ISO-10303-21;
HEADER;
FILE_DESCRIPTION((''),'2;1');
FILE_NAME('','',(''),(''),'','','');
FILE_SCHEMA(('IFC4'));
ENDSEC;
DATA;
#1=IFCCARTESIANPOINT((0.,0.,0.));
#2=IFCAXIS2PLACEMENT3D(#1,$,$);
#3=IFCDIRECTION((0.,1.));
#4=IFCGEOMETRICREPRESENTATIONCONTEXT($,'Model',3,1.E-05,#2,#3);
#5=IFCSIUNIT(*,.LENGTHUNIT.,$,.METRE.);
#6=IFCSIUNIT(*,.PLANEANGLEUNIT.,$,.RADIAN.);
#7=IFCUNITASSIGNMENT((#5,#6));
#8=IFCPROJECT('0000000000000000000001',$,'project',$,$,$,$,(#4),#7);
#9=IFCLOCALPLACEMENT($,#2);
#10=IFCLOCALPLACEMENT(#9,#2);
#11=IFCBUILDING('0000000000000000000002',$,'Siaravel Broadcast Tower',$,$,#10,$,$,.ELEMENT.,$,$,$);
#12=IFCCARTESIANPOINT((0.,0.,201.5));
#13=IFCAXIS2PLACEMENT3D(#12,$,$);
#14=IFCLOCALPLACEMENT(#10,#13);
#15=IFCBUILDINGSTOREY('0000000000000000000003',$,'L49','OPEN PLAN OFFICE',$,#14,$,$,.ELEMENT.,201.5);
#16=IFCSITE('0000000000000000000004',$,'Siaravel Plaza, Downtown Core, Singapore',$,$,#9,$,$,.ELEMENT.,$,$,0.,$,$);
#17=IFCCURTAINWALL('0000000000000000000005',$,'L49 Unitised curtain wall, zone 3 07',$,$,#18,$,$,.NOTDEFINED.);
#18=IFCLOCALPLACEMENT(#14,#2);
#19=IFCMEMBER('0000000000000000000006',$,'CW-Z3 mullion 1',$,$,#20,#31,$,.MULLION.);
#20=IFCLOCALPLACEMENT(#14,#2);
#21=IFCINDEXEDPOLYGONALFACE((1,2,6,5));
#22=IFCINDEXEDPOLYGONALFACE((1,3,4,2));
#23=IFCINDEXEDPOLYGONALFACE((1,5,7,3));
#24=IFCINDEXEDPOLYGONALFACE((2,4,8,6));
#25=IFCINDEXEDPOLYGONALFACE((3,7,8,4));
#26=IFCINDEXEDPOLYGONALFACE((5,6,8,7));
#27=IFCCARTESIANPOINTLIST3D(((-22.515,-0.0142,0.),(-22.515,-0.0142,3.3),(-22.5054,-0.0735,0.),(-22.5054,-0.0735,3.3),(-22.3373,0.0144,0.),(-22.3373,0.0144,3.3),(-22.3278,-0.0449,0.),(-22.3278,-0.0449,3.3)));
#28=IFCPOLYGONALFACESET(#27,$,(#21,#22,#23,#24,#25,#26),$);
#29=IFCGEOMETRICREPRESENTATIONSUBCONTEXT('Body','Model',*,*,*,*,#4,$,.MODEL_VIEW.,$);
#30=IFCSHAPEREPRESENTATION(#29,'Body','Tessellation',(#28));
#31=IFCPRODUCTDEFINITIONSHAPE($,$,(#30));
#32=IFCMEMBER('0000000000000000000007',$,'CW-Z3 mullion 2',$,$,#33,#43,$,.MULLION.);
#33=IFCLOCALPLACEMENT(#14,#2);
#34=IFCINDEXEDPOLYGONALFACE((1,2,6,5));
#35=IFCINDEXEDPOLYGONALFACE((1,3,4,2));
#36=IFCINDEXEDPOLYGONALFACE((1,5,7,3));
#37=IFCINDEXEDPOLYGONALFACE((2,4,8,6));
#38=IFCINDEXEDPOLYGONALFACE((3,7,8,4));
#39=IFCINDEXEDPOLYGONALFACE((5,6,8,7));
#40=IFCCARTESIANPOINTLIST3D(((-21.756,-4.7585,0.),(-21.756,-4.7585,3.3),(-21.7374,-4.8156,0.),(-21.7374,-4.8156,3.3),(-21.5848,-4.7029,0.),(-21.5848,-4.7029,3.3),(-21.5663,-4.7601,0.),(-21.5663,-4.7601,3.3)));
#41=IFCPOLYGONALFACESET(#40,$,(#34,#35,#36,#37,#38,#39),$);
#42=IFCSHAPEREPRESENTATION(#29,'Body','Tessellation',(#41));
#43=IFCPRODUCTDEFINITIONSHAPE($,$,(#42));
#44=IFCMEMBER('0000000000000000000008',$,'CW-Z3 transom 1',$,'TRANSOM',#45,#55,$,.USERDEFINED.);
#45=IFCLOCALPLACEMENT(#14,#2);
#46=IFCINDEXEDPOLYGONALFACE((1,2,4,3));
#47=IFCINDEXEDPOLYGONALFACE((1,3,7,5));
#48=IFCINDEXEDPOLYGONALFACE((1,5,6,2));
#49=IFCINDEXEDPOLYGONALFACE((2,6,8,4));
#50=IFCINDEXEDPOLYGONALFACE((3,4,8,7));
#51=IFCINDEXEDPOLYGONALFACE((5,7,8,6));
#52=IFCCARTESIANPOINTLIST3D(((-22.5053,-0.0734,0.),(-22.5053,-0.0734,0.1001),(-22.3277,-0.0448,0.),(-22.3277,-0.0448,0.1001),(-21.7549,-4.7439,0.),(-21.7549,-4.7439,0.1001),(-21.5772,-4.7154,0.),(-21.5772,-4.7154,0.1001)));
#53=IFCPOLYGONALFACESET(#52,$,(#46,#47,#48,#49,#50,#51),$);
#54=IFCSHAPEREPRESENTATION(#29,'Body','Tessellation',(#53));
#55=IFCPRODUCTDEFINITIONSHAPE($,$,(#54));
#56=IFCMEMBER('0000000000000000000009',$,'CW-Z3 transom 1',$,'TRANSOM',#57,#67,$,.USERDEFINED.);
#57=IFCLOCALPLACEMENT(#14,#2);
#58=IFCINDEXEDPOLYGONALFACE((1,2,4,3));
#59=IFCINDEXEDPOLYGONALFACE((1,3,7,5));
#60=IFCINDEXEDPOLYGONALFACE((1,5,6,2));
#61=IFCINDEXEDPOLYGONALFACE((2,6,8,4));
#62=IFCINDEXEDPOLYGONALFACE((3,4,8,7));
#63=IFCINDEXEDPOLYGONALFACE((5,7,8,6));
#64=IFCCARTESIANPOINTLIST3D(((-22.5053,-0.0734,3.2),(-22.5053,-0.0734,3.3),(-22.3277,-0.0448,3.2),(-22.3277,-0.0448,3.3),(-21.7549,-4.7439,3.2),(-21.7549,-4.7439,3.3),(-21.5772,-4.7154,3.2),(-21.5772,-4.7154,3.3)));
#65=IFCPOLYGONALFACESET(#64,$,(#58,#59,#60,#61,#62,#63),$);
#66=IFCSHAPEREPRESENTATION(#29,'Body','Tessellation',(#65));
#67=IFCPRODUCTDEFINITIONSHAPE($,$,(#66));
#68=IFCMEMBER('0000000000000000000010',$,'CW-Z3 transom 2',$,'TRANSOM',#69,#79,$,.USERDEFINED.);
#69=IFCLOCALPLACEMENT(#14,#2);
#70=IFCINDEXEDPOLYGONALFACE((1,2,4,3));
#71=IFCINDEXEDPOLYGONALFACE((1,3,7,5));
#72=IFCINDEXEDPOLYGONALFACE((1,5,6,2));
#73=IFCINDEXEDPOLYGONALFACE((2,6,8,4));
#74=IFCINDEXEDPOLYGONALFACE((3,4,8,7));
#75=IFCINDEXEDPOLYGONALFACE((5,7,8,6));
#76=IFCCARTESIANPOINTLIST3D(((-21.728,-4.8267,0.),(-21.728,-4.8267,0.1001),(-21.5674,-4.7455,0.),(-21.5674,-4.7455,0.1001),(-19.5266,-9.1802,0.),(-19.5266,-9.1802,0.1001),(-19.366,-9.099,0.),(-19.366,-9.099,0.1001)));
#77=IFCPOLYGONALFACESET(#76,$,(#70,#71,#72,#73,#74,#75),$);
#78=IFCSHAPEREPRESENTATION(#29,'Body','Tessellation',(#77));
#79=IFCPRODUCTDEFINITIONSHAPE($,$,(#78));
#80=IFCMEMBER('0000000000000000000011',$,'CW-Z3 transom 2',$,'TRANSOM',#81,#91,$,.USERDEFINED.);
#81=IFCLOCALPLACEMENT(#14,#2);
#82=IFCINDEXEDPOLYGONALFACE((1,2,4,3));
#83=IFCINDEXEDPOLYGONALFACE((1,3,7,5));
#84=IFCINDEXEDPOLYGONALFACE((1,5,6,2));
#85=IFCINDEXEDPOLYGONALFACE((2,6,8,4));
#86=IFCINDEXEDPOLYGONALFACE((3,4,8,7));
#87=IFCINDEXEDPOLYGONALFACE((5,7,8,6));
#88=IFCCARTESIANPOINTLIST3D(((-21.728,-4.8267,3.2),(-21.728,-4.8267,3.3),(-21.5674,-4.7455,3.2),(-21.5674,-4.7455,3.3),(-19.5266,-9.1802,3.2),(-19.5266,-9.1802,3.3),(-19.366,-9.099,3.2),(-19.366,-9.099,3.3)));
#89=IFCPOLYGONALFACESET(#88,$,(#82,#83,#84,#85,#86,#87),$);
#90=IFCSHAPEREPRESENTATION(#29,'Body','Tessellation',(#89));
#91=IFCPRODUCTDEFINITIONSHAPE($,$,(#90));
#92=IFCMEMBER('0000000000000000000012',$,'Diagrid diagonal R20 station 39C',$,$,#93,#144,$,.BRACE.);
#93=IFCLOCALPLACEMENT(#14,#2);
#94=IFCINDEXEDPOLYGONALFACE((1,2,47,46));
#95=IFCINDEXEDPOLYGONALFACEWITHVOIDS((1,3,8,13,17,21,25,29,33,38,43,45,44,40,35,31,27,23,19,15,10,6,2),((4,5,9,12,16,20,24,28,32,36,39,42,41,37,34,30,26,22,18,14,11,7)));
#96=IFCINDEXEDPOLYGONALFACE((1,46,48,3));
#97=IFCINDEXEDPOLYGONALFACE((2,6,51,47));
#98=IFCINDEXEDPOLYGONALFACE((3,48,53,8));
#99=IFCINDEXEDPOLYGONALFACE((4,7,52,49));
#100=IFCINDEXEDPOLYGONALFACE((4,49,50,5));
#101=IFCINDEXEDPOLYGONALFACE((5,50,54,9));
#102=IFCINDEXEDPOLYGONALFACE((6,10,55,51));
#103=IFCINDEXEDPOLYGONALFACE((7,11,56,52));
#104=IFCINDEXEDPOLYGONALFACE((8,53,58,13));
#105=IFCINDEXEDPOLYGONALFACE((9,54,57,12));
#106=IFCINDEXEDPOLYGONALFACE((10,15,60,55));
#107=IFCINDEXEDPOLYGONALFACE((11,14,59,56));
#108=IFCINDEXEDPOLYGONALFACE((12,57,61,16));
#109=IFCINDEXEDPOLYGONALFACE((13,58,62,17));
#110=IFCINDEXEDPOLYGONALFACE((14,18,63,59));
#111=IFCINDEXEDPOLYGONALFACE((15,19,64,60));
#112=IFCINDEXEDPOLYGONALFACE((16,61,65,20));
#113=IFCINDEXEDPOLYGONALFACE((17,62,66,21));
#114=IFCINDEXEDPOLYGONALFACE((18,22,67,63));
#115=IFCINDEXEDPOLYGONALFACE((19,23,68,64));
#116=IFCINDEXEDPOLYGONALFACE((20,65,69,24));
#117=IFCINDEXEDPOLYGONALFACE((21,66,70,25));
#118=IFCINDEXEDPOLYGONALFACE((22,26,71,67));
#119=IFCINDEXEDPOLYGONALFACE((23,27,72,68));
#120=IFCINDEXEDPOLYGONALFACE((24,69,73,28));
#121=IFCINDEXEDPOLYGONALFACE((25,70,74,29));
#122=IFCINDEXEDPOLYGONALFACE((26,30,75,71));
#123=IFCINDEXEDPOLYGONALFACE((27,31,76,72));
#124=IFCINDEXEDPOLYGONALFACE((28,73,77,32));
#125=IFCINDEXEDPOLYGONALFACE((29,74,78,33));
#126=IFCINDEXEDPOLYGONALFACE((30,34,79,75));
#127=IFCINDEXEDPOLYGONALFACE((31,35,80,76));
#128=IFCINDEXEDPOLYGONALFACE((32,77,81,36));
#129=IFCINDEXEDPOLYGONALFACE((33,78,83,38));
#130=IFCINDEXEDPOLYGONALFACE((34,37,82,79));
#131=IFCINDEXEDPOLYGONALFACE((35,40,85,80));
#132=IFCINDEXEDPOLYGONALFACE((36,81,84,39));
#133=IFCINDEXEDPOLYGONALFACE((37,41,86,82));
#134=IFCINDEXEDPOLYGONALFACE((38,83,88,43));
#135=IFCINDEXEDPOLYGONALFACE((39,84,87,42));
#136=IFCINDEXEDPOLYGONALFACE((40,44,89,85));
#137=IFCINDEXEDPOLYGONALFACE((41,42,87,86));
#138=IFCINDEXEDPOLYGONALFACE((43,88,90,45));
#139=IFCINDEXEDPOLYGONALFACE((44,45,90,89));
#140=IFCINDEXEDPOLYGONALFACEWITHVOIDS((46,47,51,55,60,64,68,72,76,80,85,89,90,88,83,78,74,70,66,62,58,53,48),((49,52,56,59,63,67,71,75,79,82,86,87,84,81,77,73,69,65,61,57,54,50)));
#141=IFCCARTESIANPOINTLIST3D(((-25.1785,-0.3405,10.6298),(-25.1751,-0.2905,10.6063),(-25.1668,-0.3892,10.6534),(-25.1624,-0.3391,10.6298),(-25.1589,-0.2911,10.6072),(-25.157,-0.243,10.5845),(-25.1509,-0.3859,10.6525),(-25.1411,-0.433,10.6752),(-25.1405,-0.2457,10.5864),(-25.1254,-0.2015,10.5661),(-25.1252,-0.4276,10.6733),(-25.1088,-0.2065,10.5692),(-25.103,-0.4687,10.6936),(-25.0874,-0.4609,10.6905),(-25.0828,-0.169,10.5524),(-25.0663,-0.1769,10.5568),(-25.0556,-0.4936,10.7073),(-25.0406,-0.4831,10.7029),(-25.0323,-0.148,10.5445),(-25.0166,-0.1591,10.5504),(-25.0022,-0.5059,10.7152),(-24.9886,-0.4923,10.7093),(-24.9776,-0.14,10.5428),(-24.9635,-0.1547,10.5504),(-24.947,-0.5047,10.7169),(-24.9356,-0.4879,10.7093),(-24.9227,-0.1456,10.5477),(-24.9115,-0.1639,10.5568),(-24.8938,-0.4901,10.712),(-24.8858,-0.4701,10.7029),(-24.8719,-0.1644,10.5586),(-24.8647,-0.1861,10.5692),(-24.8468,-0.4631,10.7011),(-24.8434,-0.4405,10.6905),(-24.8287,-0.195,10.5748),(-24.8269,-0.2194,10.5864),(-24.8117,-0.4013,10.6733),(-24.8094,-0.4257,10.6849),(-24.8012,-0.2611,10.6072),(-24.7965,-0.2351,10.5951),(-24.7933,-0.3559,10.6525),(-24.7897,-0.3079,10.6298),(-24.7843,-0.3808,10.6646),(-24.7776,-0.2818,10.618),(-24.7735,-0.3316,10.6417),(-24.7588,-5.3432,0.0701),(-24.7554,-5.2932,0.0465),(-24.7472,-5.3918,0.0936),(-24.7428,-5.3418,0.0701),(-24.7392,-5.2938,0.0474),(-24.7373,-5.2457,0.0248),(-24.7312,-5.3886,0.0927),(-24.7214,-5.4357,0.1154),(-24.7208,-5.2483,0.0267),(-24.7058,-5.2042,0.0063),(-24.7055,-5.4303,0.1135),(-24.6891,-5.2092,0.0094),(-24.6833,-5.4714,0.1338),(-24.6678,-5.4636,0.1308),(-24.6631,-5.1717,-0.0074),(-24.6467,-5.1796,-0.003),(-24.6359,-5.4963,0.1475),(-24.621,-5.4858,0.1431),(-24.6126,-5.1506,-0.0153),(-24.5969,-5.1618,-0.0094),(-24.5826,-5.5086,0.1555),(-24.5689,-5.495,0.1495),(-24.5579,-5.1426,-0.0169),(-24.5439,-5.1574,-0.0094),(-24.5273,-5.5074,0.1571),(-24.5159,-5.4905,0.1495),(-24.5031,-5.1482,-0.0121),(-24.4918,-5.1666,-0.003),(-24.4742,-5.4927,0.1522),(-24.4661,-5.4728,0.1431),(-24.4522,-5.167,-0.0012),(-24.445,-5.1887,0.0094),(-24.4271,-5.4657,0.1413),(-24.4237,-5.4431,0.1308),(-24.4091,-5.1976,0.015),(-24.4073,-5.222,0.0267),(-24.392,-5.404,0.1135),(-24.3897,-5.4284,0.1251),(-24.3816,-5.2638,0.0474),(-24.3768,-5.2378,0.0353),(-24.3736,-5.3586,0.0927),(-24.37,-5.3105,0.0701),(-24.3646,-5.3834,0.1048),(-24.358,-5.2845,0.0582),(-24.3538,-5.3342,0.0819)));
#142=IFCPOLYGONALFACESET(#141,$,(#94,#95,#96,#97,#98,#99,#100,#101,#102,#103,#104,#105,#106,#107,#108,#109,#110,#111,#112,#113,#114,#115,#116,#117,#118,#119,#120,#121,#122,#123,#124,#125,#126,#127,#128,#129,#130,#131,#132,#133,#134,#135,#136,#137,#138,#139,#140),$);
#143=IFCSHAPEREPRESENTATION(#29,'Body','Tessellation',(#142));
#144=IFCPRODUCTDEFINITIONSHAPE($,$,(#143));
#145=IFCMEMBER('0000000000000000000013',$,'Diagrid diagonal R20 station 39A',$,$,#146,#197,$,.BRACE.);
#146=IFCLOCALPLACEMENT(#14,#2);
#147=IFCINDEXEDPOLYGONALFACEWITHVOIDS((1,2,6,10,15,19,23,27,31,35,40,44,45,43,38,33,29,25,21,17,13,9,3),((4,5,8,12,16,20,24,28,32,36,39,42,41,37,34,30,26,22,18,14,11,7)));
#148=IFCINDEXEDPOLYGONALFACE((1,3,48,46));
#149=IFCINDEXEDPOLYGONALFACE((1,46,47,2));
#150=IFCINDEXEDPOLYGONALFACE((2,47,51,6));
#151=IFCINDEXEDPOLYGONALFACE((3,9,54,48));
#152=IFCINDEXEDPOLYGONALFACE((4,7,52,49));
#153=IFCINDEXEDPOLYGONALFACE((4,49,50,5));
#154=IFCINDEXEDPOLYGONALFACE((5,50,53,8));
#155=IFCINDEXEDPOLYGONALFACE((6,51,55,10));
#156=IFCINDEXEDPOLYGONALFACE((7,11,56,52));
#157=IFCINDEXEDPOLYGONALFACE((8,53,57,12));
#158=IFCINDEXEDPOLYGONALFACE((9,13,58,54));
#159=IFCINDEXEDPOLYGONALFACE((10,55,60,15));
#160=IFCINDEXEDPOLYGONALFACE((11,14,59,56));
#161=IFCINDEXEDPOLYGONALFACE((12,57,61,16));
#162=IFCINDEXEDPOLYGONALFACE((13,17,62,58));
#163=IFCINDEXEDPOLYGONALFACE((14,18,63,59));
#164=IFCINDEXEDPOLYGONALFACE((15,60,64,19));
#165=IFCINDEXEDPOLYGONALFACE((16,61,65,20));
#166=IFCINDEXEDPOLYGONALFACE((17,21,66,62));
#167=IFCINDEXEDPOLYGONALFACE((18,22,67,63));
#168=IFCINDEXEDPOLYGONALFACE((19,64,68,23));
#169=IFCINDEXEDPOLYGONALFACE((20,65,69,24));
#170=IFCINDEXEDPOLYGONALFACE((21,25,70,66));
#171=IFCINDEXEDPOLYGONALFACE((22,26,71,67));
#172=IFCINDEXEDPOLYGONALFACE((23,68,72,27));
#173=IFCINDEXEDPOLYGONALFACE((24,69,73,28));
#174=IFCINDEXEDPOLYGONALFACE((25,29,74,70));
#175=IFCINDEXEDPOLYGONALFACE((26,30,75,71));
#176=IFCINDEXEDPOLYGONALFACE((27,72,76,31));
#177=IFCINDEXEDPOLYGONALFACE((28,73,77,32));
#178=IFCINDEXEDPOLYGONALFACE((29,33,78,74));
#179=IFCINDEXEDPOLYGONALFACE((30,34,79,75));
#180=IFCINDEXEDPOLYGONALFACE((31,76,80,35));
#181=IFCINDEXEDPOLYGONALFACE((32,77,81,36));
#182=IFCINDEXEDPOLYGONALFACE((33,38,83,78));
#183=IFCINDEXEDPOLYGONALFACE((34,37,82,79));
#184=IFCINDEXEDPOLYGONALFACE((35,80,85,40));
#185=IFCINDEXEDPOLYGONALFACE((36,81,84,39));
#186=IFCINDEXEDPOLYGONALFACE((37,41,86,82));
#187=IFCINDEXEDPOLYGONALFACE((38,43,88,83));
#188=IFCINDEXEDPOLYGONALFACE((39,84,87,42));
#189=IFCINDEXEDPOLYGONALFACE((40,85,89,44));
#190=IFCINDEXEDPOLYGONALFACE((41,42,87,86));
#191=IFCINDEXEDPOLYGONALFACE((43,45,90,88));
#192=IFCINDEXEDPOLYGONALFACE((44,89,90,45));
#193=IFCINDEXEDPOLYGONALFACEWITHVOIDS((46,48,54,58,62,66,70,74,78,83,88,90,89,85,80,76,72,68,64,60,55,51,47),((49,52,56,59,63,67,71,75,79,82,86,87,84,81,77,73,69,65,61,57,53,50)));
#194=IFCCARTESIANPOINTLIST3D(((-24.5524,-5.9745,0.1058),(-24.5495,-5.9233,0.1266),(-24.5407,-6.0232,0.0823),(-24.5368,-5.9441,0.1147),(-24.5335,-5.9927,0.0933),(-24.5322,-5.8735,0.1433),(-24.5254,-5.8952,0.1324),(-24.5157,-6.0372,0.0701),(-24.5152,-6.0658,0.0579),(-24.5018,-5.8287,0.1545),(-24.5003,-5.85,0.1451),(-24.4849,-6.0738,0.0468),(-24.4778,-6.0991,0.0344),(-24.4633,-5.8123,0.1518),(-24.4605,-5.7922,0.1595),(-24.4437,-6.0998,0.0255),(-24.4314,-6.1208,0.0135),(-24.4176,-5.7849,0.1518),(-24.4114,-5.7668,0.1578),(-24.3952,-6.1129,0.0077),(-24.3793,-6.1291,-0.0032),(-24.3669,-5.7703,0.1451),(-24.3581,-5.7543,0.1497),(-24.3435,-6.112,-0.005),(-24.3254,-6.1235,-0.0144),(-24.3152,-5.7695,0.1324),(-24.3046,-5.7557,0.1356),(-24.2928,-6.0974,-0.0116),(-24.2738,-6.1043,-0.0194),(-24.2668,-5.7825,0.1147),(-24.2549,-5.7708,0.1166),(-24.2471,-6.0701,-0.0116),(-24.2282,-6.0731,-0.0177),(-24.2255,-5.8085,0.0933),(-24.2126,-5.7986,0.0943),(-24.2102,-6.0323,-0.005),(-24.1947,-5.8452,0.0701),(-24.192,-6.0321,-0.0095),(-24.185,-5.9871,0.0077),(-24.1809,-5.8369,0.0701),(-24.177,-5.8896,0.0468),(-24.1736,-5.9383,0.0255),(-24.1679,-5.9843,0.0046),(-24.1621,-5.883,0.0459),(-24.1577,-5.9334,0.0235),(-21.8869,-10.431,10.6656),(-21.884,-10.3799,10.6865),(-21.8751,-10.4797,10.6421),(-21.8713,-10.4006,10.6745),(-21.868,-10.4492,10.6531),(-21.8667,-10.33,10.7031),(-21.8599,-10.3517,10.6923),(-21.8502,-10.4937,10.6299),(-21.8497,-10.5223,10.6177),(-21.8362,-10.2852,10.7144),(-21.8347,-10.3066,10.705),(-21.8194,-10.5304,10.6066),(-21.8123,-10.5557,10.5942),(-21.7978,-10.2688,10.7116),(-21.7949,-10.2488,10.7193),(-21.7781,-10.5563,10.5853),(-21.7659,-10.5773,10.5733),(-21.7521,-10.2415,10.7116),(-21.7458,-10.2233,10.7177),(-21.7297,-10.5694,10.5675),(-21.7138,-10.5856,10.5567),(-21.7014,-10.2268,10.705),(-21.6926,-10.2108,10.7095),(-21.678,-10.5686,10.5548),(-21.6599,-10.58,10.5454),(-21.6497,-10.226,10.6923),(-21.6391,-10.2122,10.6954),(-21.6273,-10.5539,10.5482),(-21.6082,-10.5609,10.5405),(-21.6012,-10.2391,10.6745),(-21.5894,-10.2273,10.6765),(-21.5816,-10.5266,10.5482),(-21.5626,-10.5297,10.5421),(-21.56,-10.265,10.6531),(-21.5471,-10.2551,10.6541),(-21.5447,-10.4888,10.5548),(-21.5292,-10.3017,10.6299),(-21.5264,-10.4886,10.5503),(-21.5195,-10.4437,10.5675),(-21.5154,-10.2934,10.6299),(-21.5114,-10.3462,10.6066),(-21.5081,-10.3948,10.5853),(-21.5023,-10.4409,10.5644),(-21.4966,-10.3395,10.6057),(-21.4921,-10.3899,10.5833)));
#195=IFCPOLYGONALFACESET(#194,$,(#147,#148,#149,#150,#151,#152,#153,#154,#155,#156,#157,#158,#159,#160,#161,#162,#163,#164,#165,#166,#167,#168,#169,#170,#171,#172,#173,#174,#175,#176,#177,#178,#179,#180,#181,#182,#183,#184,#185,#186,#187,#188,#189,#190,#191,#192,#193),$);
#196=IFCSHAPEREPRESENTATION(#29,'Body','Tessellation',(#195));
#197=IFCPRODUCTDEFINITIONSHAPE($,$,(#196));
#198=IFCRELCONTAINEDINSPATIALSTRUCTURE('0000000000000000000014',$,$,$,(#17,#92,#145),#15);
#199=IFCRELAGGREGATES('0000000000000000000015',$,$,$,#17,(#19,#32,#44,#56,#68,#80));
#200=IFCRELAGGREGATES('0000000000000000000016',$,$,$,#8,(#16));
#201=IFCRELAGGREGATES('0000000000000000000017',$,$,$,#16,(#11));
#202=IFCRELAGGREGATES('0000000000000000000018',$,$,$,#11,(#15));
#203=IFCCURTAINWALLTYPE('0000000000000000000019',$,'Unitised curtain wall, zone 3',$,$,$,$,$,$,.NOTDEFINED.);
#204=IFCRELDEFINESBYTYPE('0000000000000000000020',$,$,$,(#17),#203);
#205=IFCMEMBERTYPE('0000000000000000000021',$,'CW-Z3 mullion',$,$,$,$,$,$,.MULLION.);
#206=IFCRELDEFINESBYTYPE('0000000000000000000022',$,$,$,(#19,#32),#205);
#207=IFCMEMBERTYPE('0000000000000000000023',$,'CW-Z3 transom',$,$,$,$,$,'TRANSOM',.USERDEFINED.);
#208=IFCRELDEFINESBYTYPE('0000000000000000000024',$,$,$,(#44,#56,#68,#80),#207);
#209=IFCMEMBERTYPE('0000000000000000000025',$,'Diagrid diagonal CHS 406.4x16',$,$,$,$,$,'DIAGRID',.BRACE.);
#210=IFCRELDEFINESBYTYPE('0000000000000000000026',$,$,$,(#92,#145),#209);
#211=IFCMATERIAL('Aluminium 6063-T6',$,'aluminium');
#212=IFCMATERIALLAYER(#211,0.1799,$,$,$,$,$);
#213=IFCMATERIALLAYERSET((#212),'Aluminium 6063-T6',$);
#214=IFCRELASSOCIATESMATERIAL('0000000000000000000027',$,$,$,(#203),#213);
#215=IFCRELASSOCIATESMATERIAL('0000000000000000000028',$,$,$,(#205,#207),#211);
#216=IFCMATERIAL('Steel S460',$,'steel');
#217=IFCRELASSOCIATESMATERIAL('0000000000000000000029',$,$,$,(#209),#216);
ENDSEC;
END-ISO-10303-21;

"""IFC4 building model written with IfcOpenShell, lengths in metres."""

from ifc_helpers import new_model, si_unit, direction, frame, origin, origin_2d, place, context, subcontext, project, spatial, rectangle, hollow_circle, extrude, material, layer, layer_set, material_profile, profile_set, type_object, element, aggregate, save


model = new_model("IFC4")

# Units and contexts
model_context = context("Model", 3, precision=1e-05, world=origin(), true_north=direction((0.0, 1.0)))
body_context = subcontext(model_context, "Body", "Model", "MODEL_VIEW")
ifc_project = project(units=[si_unit("LENGTHUNIT", "METRE"), si_unit("PLANEANGLEUNIT", "RADIAN")], contexts=[model_context])

# Site, building, storey
site_placement = place(None, origin())
site = spatial("IfcSite", under=ifc_project, at=site_placement, Name="Siaravel Plaza, Downtown Core, Singapore", CompositionType="ELEMENT", RefElevation=0.0)
building_placement = place(site_placement, origin())
building = spatial("IfcBuilding", under=site, at=building_placement, Name="Siaravel Broadcast Tower", CompositionType="ELEMENT")
storey_placement = place(building_placement, frame((0.0, 0.0, 201.5)))
storey = spatial("IfcBuildingStorey", under=building, at=storey_placement, Name="L49", Description="OPEN PLAN OFFICE", CompositionType="ELEMENT", Elevation=201.5)

# Curtain wall, members
ifc_material_1 = material(Name="Aluminium 6063-T6", Category="aluminium")
ifc_layer_1 = layer(ifc_material_1, 0.1799)
ifc_layer_set_1 = layer_set([ifc_layer_1], Name="Aluminium 6063-T6")
curtain_wall_type = type_object("IfcCurtainWallType", Name="Unitised curtain wall, zone 3", PredefinedType="NOTDEFINED", material=ifc_layer_set_1)
curtain_wall_placement = place(storey_placement, origin())
curtain_wall = element("IfcCurtainWall", 1, at=curtain_wall_placement, inside=storey, type_object=curtain_wall_type, Name="L49 Unitised curtain wall, zone 3 07", PredefinedType="NOTDEFINED")
ifc_material_profile_1 = material_profile(ifc_material_1, rectangle(XDim=0.1799, YDim=0.0601, at=origin_2d()))
ifc_profile_set_1 = profile_set([ifc_material_profile_1], Name="Aluminium 6063-T6")
member_type_1 = type_object("IfcMemberType", Name="CW-Z3 mullion", PredefinedType="MULLION", material=ifc_profile_set_1)
member_1_placement = place(storey_placement, frame((-22.4214, -0.0295, 0.0), z_axis=(0.0, 0.0, 1.0), x_axis=(0.987329, 0.158685, 0.0)))
member_1 = element("IfcMember", 2, at=member_1_placement, type_object=member_type_1, Name="CW-Z3 mullion 1", PredefinedType="MULLION", context=body_context, shape_type="SweptSolid", body=[
    extrude(rectangle(XDim=0.1799, YDim=0.0601, at=origin_2d()), origin(), (0.0, 0.0, 1.0), 3.3),
])
member_2_placement = place(storey_placement, frame((-21.6611, -4.7593, 0.0), z_axis=(0.0, 0.0, 1.0), x_axis=(0.951178, 0.308644, 0.0)))
member_2 = element("IfcMember", 3, at=member_2_placement, type_object=member_type_1, Name="CW-Z3 mullion 2", PredefinedType="MULLION", context=body_context, shape_type="SweptSolid", body=[
    extrude(rectangle(XDim=0.1799, YDim=0.0601, at=origin_2d()), origin(), (0.0, 0.0, 1.0), 3.3),
])
ifc_material_profile_2 = material_profile(ifc_material_1, rectangle(XDim=0.1799, YDim=0.1001, at=origin_2d()))
ifc_profile_set_2 = profile_set([ifc_material_profile_2], Name="Aluminium 6063-T6")
member_type_2 = type_object("IfcMemberType", Name="CW-Z3 transom", ElementType="TRANSOM", PredefinedType="USERDEFINED", material=ifc_profile_set_2)
member_3_placement = place(storey_placement, frame((-22.4165, -0.0591, 0.05), z_axis=(0.158647, -0.987335, 0.0), x_axis=(0.987335, 0.158647, 0.0)))
member_3 = element("IfcMember", 4, at=member_3_placement, type_object=member_type_2, Name="CW-Z3 transom 1", ObjectType="TRANSOM", PredefinedType="USERDEFINED", context=body_context, shape_type="SweptSolid", body=[
    extrude(rectangle(XDim=0.1799, YDim=0.1001, at=origin_2d()), origin(), (0.0, 0.0, 1.0), 4.7305),
])
member_4_placement = place(storey_placement, frame((-22.4165, -0.0591, 3.25), z_axis=(0.158647, -0.987335, 0.0), x_axis=(0.987335, 0.158647, 0.0)))
member_4 = element("IfcMember", 5, at=member_4_placement, type_object=member_type_2, Name="CW-Z3 transom 1", ObjectType="TRANSOM", PredefinedType="USERDEFINED", context=body_context, shape_type="SweptSolid", body=[
    extrude(rectangle(XDim=0.1799, YDim=0.1001, at=origin_2d()), origin(), (0.0, 0.0, 1.0), 4.7305),
])
member_5_placement = place(storey_placement, frame((-21.6477, -4.7861, 0.05), z_axis=(0.451253, -0.892396, 0.0), x_axis=(0.892396, 0.451253, 0.0)))
member_5 = element("IfcMember", 6, at=member_5_placement, type_object=member_type_2, Name="CW-Z3 transom 2", ObjectType="TRANSOM", PredefinedType="USERDEFINED", context=body_context, shape_type="SweptSolid", body=[
    extrude(rectangle(XDim=0.1799, YDim=0.1001, at=origin_2d()), origin(), (0.0, 0.0, 1.0), 4.8784),
])
member_6_placement = place(storey_placement, frame((-21.6477, -4.7861, 3.25), z_axis=(0.451253, -0.892396, 0.0), x_axis=(0.892396, 0.451253, 0.0)))
member_6 = element("IfcMember", 7, at=member_6_placement, type_object=member_type_2, Name="CW-Z3 transom 2", ObjectType="TRANSOM", PredefinedType="USERDEFINED", context=body_context, shape_type="SweptSolid", body=[
    extrude(rectangle(XDim=0.1799, YDim=0.1001, at=origin_2d()), origin(), (0.0, 0.0, 1.0), 4.8784),
])

# Members
ifc_material_2 = material(Name="Steel S460", Category="steel")
ifc_material_profile_3 = material_profile(ifc_material_2, hollow_circle(Radius=0.2031, WallThickness=0.0161, at=origin_2d()))
ifc_profile_set_3 = profile_set([ifc_material_profile_3], Name="Steel S460")
member_type_3 = type_object("IfcMemberType", Name="Diagrid diagonal CHS 406.4x16", ElementType="DIAGRID", PredefinedType="BRACE", material=ifc_profile_set_3)
member_7_placement = place(storey_placement, frame((-24.5564, -5.3262, 0.0701), z_axis=(-0.035893, 0.427857, 0.903133), x_axis=(-0.9965, -0.083597, 0.0)))
element("IfcMember", 8, at=member_7_placement, inside=storey, type_object=member_type_3, Name="Diagrid diagonal R20 station 39C", PredefinedType="BRACE", context=body_context, shape_type="SweptSolid", body=[
    extrude(hollow_circle(Radius=0.2031, WallThickness=0.0161, at=origin_2d()), origin(), (0.0, 0.0, 1.0), 11.6924),
])
member_8_placement = place(storey_placement, frame((-24.3552, -5.9412, 0.0701), z_axis=(0.226515, -0.378714, 0.897366), x_axis=(0.858206, 0.513306, 0.0)))
element("IfcMember", 9, at=member_8_placement, inside=storey, type_object=member_type_3, Name="Diagrid diagonal R20 station 39A", PredefinedType="BRACE", context=body_context, shape_type="SweptSolid", body=[
    extrude(hollow_circle(Radius=0.2031, WallThickness=0.0161, at=origin_2d()), origin(), (0.0, 0.0, 1.0), 11.7676),
])

aggregate(curtain_wall, [member_1, member_2, member_3, member_4, member_5, member_6])

save(model, "model.ifc")
